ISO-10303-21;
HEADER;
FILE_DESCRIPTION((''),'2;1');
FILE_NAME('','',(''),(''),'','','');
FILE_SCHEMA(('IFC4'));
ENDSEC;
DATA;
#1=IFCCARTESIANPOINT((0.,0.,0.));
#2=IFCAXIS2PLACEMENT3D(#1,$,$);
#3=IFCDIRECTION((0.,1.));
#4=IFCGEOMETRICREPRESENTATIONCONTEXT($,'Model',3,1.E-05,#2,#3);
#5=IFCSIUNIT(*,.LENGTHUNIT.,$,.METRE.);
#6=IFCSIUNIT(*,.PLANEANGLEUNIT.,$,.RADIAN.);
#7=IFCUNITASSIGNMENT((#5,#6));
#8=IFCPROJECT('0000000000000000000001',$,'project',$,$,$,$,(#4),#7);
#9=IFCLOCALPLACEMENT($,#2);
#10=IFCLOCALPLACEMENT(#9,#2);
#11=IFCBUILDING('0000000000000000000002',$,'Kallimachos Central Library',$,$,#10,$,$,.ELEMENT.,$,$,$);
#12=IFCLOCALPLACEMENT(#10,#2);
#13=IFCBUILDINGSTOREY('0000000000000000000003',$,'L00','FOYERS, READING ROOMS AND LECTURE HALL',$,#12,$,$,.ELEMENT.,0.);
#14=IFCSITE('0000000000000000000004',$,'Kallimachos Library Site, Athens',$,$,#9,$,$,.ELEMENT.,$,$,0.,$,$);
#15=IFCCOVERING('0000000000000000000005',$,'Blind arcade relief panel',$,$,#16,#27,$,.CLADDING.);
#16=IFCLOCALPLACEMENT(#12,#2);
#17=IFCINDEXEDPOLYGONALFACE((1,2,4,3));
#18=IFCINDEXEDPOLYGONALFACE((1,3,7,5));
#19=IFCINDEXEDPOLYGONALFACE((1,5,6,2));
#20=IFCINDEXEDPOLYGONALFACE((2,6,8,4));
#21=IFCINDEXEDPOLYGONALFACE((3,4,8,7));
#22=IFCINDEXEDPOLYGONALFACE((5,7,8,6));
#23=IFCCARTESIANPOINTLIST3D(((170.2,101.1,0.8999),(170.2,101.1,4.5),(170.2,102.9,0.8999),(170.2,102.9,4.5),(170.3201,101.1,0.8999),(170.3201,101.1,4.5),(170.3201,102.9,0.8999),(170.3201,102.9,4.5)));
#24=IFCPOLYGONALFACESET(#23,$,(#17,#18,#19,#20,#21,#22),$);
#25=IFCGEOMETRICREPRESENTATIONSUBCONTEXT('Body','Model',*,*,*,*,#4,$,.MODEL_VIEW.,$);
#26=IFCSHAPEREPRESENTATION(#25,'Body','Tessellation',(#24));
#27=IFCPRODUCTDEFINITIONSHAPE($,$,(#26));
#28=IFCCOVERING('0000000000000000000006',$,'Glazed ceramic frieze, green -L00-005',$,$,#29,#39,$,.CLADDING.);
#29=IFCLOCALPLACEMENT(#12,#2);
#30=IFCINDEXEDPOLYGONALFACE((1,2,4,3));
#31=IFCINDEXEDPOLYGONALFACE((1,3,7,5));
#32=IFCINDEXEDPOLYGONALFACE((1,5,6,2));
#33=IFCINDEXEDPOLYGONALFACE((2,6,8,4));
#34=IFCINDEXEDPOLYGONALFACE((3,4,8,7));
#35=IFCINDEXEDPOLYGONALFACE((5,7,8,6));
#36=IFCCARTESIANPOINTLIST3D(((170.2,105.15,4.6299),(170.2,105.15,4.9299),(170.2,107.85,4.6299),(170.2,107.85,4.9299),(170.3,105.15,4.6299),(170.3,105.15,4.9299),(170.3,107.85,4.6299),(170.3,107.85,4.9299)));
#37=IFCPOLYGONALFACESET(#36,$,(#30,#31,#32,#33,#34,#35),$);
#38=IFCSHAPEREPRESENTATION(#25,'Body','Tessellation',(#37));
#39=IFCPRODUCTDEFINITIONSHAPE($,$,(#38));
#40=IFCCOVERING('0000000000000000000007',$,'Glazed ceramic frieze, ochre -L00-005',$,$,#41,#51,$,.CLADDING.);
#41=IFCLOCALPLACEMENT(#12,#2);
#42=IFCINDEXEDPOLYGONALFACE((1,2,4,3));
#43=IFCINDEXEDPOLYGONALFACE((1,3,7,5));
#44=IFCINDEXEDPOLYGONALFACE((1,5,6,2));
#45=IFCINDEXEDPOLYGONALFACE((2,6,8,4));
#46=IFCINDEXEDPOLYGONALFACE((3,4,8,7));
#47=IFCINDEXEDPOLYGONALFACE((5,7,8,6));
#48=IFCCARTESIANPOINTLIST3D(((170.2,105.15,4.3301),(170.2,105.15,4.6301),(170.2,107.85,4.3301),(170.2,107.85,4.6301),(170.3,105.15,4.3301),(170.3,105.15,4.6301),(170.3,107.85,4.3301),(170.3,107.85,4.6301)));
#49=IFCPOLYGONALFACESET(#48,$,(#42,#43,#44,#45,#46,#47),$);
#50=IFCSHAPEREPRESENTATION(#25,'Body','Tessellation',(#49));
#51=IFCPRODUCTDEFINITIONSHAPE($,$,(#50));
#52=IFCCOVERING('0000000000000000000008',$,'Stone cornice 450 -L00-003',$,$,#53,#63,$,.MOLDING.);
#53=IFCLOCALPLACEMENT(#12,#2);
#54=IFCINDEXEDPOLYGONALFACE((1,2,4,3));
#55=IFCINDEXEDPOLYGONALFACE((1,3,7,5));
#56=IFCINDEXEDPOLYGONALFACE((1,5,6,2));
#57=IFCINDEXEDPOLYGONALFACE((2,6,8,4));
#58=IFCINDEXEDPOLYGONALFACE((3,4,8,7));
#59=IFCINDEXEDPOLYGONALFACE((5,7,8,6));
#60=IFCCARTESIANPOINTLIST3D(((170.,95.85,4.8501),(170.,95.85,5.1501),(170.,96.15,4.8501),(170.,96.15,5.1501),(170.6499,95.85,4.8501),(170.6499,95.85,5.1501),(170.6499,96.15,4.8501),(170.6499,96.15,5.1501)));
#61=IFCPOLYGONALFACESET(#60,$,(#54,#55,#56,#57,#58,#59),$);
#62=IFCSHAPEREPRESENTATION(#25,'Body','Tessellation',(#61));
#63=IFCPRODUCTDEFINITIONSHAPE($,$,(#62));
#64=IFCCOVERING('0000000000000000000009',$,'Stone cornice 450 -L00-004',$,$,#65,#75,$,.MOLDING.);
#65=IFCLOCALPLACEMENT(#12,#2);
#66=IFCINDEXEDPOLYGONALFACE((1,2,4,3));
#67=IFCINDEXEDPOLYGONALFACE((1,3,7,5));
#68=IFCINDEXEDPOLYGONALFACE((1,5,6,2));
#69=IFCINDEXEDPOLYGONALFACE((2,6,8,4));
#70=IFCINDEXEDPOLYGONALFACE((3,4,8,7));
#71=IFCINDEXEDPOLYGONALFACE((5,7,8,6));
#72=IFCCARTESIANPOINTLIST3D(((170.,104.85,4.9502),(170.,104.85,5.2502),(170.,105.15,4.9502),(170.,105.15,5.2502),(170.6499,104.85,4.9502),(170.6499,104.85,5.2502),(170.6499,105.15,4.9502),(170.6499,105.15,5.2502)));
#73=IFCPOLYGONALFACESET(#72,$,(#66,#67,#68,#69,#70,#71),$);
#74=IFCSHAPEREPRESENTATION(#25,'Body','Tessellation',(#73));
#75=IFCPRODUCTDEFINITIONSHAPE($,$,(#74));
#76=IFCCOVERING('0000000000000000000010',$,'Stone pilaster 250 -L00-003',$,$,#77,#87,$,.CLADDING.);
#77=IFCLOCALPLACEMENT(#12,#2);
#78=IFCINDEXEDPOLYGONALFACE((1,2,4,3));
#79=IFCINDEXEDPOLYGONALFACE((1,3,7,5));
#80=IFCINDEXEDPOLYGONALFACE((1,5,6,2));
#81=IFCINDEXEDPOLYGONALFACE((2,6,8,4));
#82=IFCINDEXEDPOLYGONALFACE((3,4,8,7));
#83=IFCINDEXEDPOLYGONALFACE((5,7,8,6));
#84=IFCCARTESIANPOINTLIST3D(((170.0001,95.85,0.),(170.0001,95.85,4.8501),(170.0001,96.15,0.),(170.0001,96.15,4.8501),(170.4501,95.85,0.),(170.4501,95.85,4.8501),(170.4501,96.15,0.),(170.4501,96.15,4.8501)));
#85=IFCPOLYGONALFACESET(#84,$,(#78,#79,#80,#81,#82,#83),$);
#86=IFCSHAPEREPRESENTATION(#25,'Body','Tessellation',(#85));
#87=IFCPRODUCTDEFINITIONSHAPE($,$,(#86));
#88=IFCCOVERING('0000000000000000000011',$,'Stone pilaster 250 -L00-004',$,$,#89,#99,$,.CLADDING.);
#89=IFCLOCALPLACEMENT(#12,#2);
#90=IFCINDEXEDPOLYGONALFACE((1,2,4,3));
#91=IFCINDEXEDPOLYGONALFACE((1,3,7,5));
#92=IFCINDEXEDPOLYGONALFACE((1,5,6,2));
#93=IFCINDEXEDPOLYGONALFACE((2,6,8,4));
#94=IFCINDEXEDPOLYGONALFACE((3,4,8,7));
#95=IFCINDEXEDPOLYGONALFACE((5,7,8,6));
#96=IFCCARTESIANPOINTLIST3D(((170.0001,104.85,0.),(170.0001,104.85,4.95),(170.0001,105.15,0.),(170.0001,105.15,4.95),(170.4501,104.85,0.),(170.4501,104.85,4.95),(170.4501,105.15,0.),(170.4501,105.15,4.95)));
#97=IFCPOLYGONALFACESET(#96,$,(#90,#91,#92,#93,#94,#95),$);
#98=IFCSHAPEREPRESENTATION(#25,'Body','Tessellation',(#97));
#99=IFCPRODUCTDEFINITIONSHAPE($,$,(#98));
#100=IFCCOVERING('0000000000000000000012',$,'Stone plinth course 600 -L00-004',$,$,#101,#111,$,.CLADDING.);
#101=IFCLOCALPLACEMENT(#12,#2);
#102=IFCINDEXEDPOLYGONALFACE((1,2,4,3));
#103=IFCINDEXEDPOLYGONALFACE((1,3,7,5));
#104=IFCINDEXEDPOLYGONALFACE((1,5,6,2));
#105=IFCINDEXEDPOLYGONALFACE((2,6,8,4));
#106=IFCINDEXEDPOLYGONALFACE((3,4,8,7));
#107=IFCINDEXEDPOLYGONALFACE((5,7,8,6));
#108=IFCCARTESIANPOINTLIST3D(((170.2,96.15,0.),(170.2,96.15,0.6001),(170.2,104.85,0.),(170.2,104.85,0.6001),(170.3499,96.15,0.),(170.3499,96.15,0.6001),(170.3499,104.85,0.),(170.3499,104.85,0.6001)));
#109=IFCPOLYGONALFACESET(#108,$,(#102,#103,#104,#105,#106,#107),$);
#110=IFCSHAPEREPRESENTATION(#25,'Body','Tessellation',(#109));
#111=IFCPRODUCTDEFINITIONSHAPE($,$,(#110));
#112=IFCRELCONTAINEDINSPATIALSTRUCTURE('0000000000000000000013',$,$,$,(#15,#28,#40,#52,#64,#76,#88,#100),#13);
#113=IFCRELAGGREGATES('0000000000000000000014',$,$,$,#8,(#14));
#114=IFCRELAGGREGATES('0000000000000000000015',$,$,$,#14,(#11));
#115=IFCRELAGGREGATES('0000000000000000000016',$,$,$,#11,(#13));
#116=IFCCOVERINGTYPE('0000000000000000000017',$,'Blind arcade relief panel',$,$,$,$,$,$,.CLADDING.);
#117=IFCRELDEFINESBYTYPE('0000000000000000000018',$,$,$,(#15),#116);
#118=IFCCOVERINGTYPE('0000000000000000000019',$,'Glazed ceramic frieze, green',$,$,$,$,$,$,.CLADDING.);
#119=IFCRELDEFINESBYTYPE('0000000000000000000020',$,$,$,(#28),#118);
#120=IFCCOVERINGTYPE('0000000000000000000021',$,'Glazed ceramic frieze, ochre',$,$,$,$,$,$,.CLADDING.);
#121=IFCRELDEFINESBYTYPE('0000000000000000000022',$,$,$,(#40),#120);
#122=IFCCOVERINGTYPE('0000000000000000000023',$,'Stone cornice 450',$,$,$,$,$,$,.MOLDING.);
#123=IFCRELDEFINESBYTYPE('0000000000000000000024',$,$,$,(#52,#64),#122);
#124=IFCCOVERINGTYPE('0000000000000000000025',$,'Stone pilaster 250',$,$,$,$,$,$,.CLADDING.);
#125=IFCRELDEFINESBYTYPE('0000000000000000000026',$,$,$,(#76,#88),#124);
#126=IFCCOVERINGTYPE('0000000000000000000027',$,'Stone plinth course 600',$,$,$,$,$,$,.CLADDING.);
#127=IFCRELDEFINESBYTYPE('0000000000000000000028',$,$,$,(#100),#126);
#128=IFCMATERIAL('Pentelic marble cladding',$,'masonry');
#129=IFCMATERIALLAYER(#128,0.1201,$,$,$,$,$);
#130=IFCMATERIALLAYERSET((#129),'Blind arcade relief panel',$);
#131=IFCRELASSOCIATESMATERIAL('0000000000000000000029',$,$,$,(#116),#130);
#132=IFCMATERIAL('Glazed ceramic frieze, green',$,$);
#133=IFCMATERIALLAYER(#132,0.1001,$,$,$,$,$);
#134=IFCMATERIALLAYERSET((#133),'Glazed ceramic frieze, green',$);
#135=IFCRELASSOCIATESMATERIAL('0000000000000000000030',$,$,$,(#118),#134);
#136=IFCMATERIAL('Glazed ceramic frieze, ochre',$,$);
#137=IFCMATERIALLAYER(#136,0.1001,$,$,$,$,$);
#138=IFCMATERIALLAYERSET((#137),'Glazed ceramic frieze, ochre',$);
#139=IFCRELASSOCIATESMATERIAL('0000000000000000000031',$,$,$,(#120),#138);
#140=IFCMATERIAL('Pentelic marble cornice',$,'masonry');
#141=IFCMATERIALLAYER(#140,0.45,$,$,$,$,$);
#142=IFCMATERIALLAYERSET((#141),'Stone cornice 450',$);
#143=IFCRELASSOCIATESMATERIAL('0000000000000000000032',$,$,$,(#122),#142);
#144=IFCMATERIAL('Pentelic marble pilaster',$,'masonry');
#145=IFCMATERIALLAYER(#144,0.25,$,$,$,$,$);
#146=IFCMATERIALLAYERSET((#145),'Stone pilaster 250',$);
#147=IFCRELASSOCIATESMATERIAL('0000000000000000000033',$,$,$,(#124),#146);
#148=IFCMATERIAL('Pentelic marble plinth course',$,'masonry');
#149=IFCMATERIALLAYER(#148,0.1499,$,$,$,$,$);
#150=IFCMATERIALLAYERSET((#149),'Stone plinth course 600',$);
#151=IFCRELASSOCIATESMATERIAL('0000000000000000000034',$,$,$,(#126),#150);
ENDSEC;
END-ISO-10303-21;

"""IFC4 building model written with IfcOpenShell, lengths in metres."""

from ifc_helpers import new_model, si_unit, direction, frame, origin, origin_2d, place, context, subcontext, project, spatial, rectangle, extrude, material, layer, layer_set, type_object, element, save


model = new_model("IFC4")

# Units and contexts
model_context = context("Model", 3, precision=1e-05, world=origin(), true_north=direction((0.0, 1.0)))
body_context = subcontext(model_context, "Body", "Model", "MODEL_VIEW")
ifc_project = project(units=[si_unit("LENGTHUNIT", "METRE"), si_unit("PLANEANGLEUNIT", "RADIAN")], contexts=[model_context])

# Site, building, storey
site_placement = place(None, origin())
site = spatial("IfcSite", under=ifc_project, at=site_placement, Name="Kallimachos Library Site, Athens", CompositionType="ELEMENT", RefElevation=0.0)
building_placement = place(site_placement, origin())
building = spatial("IfcBuilding", under=site, at=building_placement, Name="Kallimachos Central Library", CompositionType="ELEMENT")
storey_placement = place(building_placement, origin())
storey = spatial("IfcBuildingStorey", under=building, at=storey_placement, Name="L00", Description="FOYERS, READING ROOMS AND LECTURE HALL", CompositionType="ELEMENT", Elevation=0.0)

# Coverings
ifc_material_1 = material(Name="Pentelic marble cladding", Category="masonry")
ifc_layer_1 = layer(ifc_material_1, 0.1201)
ifc_layer_set_1 = layer_set([ifc_layer_1], Name="Blind arcade relief panel")
covering_type_1 = type_object("IfcCoveringType", Name="Blind arcade relief panel", PredefinedType="CLADDING", material=ifc_layer_set_1)
for number, where, z_axis, x_axis, name in (
    (1, (170.26, 102.0, 0.8999), (0.0, 0.0, 1.0), (1.0, 0.0, 0.0), "Blind arcade relief panel"),
):
    element("IfcCovering", number, at=place(storey_placement, frame(where, z_axis=z_axis, x_axis=x_axis)), inside=storey, type_object=covering_type_1, Name=name, PredefinedType="CLADDING", context=body_context, shape_type="SweptSolid", body=[
        extrude(rectangle(XDim=0.1201, YDim=1.8, at=origin_2d()), origin(), (0.0, 0.0, 1.0), 3.6001),
    ])
ifc_material_2 = material(Name="Glazed ceramic frieze, green")
ifc_layer_2 = layer(ifc_material_2, 0.1001)
ifc_layer_set_2 = layer_set([ifc_layer_2], Name="Glazed ceramic frieze, green")
covering_type_2 = type_object("IfcCoveringType", Name="Glazed ceramic frieze, green", PredefinedType="CLADDING", material=ifc_layer_set_2)
covering_1_placement = place(storey_placement, frame((170.25, 106.5, 4.6299), z_axis=(0.0, 0.0, 1.0), x_axis=(1.0, 0.0, 0.0)))
element("IfcCovering", 2, at=covering_1_placement, inside=storey, type_object=covering_type_2, Name="Glazed ceramic frieze, green -L00-005", PredefinedType="CLADDING", context=body_context, shape_type="SweptSolid", body=[
    extrude(rectangle(XDim=0.1001, YDim=2.7, at=origin_2d()), origin(), (0.0, 0.0, 1.0), 0.3),
])
ifc_material_3 = material(Name="Glazed ceramic frieze, ochre")
ifc_layer_3 = layer(ifc_material_3, 0.1001)
ifc_layer_set_3 = layer_set([ifc_layer_3], Name="Glazed ceramic frieze, ochre")
covering_type_3 = type_object("IfcCoveringType", Name="Glazed ceramic frieze, ochre", PredefinedType="CLADDING", material=ifc_layer_set_3)
covering_2_placement = place(storey_placement, frame((170.25, 106.5, 4.3301), z_axis=(0.0, 0.0, 1.0), x_axis=(1.0, 0.0, 0.0)))
element("IfcCovering", 3, at=covering_2_placement, inside=storey, type_object=covering_type_3, Name="Glazed ceramic frieze, ochre -L00-005", PredefinedType="CLADDING", context=body_context, shape_type="SweptSolid", body=[
    extrude(rectangle(XDim=0.1001, YDim=2.7, at=origin_2d()), origin(), (0.0, 0.0, 1.0), 0.3),
])
ifc_material_4 = material(Name="Pentelic marble cornice", Category="masonry")
ifc_layer_4 = layer(ifc_material_4, 0.45)
ifc_layer_set_4 = layer_set([ifc_layer_4], Name="Stone cornice 450")
covering_type_4 = type_object("IfcCoveringType", Name="Stone cornice 450", PredefinedType="MOLDING", material=ifc_layer_set_4)
for number, where, z_axis, x_axis, name in (
    (4, (170.325, 96.0, 4.8501), (0.0, 0.0, 1.0), (1.0, 0.0, 0.0), "Stone cornice 450 -L00-003"),
    (5, (170.325, 105.0, 4.9502), (0.0, 0.0, 1.0), (1.0, 0.0, 0.0), "Stone cornice 450 -L00-004"),
):
    element("IfcCovering", number, at=place(storey_placement, frame(where, z_axis=z_axis, x_axis=x_axis)), inside=storey, type_object=covering_type_4, Name=name, PredefinedType="MOLDING", context=body_context, shape_type="SweptSolid", body=[
        extrude(rectangle(XDim=0.6499, YDim=0.3, at=origin_2d()), origin(), (0.0, 0.0, 1.0), 0.3),
    ])
ifc_material_5 = material(Name="Pentelic marble pilaster", Category="masonry")
ifc_layer_5 = layer(ifc_material_5, 0.25)
ifc_layer_set_5 = layer_set([ifc_layer_5], Name="Stone pilaster 250")
covering_type_5 = type_object("IfcCoveringType", Name="Stone pilaster 250", PredefinedType="CLADDING", material=ifc_layer_set_5)
covering_3_placement = place(storey_placement, frame((170.2251, 96.0, 0.0), z_axis=(0.0, 0.0, 1.0), x_axis=(1.0, 0.0, 0.0)))
element("IfcCovering", 6, at=covering_3_placement, inside=storey, type_object=covering_type_5, Name="Stone pilaster 250 -L00-003", PredefinedType="CLADDING", context=body_context, shape_type="SweptSolid", body=[
    extrude(rectangle(XDim=0.45, YDim=0.3, at=origin_2d()), origin(), (0.0, 0.0, 1.0), 4.8501),
])
covering_4_placement = place(storey_placement, frame((170.2251, 105.0, 0.0), z_axis=(0.0, 0.0, 1.0), x_axis=(1.0, 0.0, 0.0)))
element("IfcCovering", 7, at=covering_4_placement, inside=storey, type_object=covering_type_5, Name="Stone pilaster 250 -L00-004", PredefinedType="CLADDING", context=body_context, shape_type="SweptSolid", body=[
    extrude(rectangle(XDim=0.45, YDim=0.3, at=origin_2d()), origin(), (0.0, 0.0, 1.0), 4.95),
])
ifc_material_6 = material(Name="Pentelic marble plinth course", Category="masonry")
ifc_layer_6 = layer(ifc_material_6, 0.1499)
ifc_layer_set_6 = layer_set([ifc_layer_6], Name="Stone plinth course 600")
covering_type_6 = type_object("IfcCoveringType", Name="Stone plinth course 600", PredefinedType="CLADDING", material=ifc_layer_set_6)
covering_5_placement = place(storey_placement, frame((170.2749, 100.5, 0.0), z_axis=(0.0, 0.0, 1.0), x_axis=(1.0, 0.0, 0.0)))
element("IfcCovering", 8, at=covering_5_placement, inside=storey, type_object=covering_type_6, Name="Stone plinth course 600 -L00-004", PredefinedType="CLADDING", context=body_context, shape_type="SweptSolid", body=[
    extrude(rectangle(XDim=0.1499, YDim=8.7, at=origin_2d()), origin(), (0.0, 0.0, 1.0), 0.6001),
])

save(model, "model.ifc")
